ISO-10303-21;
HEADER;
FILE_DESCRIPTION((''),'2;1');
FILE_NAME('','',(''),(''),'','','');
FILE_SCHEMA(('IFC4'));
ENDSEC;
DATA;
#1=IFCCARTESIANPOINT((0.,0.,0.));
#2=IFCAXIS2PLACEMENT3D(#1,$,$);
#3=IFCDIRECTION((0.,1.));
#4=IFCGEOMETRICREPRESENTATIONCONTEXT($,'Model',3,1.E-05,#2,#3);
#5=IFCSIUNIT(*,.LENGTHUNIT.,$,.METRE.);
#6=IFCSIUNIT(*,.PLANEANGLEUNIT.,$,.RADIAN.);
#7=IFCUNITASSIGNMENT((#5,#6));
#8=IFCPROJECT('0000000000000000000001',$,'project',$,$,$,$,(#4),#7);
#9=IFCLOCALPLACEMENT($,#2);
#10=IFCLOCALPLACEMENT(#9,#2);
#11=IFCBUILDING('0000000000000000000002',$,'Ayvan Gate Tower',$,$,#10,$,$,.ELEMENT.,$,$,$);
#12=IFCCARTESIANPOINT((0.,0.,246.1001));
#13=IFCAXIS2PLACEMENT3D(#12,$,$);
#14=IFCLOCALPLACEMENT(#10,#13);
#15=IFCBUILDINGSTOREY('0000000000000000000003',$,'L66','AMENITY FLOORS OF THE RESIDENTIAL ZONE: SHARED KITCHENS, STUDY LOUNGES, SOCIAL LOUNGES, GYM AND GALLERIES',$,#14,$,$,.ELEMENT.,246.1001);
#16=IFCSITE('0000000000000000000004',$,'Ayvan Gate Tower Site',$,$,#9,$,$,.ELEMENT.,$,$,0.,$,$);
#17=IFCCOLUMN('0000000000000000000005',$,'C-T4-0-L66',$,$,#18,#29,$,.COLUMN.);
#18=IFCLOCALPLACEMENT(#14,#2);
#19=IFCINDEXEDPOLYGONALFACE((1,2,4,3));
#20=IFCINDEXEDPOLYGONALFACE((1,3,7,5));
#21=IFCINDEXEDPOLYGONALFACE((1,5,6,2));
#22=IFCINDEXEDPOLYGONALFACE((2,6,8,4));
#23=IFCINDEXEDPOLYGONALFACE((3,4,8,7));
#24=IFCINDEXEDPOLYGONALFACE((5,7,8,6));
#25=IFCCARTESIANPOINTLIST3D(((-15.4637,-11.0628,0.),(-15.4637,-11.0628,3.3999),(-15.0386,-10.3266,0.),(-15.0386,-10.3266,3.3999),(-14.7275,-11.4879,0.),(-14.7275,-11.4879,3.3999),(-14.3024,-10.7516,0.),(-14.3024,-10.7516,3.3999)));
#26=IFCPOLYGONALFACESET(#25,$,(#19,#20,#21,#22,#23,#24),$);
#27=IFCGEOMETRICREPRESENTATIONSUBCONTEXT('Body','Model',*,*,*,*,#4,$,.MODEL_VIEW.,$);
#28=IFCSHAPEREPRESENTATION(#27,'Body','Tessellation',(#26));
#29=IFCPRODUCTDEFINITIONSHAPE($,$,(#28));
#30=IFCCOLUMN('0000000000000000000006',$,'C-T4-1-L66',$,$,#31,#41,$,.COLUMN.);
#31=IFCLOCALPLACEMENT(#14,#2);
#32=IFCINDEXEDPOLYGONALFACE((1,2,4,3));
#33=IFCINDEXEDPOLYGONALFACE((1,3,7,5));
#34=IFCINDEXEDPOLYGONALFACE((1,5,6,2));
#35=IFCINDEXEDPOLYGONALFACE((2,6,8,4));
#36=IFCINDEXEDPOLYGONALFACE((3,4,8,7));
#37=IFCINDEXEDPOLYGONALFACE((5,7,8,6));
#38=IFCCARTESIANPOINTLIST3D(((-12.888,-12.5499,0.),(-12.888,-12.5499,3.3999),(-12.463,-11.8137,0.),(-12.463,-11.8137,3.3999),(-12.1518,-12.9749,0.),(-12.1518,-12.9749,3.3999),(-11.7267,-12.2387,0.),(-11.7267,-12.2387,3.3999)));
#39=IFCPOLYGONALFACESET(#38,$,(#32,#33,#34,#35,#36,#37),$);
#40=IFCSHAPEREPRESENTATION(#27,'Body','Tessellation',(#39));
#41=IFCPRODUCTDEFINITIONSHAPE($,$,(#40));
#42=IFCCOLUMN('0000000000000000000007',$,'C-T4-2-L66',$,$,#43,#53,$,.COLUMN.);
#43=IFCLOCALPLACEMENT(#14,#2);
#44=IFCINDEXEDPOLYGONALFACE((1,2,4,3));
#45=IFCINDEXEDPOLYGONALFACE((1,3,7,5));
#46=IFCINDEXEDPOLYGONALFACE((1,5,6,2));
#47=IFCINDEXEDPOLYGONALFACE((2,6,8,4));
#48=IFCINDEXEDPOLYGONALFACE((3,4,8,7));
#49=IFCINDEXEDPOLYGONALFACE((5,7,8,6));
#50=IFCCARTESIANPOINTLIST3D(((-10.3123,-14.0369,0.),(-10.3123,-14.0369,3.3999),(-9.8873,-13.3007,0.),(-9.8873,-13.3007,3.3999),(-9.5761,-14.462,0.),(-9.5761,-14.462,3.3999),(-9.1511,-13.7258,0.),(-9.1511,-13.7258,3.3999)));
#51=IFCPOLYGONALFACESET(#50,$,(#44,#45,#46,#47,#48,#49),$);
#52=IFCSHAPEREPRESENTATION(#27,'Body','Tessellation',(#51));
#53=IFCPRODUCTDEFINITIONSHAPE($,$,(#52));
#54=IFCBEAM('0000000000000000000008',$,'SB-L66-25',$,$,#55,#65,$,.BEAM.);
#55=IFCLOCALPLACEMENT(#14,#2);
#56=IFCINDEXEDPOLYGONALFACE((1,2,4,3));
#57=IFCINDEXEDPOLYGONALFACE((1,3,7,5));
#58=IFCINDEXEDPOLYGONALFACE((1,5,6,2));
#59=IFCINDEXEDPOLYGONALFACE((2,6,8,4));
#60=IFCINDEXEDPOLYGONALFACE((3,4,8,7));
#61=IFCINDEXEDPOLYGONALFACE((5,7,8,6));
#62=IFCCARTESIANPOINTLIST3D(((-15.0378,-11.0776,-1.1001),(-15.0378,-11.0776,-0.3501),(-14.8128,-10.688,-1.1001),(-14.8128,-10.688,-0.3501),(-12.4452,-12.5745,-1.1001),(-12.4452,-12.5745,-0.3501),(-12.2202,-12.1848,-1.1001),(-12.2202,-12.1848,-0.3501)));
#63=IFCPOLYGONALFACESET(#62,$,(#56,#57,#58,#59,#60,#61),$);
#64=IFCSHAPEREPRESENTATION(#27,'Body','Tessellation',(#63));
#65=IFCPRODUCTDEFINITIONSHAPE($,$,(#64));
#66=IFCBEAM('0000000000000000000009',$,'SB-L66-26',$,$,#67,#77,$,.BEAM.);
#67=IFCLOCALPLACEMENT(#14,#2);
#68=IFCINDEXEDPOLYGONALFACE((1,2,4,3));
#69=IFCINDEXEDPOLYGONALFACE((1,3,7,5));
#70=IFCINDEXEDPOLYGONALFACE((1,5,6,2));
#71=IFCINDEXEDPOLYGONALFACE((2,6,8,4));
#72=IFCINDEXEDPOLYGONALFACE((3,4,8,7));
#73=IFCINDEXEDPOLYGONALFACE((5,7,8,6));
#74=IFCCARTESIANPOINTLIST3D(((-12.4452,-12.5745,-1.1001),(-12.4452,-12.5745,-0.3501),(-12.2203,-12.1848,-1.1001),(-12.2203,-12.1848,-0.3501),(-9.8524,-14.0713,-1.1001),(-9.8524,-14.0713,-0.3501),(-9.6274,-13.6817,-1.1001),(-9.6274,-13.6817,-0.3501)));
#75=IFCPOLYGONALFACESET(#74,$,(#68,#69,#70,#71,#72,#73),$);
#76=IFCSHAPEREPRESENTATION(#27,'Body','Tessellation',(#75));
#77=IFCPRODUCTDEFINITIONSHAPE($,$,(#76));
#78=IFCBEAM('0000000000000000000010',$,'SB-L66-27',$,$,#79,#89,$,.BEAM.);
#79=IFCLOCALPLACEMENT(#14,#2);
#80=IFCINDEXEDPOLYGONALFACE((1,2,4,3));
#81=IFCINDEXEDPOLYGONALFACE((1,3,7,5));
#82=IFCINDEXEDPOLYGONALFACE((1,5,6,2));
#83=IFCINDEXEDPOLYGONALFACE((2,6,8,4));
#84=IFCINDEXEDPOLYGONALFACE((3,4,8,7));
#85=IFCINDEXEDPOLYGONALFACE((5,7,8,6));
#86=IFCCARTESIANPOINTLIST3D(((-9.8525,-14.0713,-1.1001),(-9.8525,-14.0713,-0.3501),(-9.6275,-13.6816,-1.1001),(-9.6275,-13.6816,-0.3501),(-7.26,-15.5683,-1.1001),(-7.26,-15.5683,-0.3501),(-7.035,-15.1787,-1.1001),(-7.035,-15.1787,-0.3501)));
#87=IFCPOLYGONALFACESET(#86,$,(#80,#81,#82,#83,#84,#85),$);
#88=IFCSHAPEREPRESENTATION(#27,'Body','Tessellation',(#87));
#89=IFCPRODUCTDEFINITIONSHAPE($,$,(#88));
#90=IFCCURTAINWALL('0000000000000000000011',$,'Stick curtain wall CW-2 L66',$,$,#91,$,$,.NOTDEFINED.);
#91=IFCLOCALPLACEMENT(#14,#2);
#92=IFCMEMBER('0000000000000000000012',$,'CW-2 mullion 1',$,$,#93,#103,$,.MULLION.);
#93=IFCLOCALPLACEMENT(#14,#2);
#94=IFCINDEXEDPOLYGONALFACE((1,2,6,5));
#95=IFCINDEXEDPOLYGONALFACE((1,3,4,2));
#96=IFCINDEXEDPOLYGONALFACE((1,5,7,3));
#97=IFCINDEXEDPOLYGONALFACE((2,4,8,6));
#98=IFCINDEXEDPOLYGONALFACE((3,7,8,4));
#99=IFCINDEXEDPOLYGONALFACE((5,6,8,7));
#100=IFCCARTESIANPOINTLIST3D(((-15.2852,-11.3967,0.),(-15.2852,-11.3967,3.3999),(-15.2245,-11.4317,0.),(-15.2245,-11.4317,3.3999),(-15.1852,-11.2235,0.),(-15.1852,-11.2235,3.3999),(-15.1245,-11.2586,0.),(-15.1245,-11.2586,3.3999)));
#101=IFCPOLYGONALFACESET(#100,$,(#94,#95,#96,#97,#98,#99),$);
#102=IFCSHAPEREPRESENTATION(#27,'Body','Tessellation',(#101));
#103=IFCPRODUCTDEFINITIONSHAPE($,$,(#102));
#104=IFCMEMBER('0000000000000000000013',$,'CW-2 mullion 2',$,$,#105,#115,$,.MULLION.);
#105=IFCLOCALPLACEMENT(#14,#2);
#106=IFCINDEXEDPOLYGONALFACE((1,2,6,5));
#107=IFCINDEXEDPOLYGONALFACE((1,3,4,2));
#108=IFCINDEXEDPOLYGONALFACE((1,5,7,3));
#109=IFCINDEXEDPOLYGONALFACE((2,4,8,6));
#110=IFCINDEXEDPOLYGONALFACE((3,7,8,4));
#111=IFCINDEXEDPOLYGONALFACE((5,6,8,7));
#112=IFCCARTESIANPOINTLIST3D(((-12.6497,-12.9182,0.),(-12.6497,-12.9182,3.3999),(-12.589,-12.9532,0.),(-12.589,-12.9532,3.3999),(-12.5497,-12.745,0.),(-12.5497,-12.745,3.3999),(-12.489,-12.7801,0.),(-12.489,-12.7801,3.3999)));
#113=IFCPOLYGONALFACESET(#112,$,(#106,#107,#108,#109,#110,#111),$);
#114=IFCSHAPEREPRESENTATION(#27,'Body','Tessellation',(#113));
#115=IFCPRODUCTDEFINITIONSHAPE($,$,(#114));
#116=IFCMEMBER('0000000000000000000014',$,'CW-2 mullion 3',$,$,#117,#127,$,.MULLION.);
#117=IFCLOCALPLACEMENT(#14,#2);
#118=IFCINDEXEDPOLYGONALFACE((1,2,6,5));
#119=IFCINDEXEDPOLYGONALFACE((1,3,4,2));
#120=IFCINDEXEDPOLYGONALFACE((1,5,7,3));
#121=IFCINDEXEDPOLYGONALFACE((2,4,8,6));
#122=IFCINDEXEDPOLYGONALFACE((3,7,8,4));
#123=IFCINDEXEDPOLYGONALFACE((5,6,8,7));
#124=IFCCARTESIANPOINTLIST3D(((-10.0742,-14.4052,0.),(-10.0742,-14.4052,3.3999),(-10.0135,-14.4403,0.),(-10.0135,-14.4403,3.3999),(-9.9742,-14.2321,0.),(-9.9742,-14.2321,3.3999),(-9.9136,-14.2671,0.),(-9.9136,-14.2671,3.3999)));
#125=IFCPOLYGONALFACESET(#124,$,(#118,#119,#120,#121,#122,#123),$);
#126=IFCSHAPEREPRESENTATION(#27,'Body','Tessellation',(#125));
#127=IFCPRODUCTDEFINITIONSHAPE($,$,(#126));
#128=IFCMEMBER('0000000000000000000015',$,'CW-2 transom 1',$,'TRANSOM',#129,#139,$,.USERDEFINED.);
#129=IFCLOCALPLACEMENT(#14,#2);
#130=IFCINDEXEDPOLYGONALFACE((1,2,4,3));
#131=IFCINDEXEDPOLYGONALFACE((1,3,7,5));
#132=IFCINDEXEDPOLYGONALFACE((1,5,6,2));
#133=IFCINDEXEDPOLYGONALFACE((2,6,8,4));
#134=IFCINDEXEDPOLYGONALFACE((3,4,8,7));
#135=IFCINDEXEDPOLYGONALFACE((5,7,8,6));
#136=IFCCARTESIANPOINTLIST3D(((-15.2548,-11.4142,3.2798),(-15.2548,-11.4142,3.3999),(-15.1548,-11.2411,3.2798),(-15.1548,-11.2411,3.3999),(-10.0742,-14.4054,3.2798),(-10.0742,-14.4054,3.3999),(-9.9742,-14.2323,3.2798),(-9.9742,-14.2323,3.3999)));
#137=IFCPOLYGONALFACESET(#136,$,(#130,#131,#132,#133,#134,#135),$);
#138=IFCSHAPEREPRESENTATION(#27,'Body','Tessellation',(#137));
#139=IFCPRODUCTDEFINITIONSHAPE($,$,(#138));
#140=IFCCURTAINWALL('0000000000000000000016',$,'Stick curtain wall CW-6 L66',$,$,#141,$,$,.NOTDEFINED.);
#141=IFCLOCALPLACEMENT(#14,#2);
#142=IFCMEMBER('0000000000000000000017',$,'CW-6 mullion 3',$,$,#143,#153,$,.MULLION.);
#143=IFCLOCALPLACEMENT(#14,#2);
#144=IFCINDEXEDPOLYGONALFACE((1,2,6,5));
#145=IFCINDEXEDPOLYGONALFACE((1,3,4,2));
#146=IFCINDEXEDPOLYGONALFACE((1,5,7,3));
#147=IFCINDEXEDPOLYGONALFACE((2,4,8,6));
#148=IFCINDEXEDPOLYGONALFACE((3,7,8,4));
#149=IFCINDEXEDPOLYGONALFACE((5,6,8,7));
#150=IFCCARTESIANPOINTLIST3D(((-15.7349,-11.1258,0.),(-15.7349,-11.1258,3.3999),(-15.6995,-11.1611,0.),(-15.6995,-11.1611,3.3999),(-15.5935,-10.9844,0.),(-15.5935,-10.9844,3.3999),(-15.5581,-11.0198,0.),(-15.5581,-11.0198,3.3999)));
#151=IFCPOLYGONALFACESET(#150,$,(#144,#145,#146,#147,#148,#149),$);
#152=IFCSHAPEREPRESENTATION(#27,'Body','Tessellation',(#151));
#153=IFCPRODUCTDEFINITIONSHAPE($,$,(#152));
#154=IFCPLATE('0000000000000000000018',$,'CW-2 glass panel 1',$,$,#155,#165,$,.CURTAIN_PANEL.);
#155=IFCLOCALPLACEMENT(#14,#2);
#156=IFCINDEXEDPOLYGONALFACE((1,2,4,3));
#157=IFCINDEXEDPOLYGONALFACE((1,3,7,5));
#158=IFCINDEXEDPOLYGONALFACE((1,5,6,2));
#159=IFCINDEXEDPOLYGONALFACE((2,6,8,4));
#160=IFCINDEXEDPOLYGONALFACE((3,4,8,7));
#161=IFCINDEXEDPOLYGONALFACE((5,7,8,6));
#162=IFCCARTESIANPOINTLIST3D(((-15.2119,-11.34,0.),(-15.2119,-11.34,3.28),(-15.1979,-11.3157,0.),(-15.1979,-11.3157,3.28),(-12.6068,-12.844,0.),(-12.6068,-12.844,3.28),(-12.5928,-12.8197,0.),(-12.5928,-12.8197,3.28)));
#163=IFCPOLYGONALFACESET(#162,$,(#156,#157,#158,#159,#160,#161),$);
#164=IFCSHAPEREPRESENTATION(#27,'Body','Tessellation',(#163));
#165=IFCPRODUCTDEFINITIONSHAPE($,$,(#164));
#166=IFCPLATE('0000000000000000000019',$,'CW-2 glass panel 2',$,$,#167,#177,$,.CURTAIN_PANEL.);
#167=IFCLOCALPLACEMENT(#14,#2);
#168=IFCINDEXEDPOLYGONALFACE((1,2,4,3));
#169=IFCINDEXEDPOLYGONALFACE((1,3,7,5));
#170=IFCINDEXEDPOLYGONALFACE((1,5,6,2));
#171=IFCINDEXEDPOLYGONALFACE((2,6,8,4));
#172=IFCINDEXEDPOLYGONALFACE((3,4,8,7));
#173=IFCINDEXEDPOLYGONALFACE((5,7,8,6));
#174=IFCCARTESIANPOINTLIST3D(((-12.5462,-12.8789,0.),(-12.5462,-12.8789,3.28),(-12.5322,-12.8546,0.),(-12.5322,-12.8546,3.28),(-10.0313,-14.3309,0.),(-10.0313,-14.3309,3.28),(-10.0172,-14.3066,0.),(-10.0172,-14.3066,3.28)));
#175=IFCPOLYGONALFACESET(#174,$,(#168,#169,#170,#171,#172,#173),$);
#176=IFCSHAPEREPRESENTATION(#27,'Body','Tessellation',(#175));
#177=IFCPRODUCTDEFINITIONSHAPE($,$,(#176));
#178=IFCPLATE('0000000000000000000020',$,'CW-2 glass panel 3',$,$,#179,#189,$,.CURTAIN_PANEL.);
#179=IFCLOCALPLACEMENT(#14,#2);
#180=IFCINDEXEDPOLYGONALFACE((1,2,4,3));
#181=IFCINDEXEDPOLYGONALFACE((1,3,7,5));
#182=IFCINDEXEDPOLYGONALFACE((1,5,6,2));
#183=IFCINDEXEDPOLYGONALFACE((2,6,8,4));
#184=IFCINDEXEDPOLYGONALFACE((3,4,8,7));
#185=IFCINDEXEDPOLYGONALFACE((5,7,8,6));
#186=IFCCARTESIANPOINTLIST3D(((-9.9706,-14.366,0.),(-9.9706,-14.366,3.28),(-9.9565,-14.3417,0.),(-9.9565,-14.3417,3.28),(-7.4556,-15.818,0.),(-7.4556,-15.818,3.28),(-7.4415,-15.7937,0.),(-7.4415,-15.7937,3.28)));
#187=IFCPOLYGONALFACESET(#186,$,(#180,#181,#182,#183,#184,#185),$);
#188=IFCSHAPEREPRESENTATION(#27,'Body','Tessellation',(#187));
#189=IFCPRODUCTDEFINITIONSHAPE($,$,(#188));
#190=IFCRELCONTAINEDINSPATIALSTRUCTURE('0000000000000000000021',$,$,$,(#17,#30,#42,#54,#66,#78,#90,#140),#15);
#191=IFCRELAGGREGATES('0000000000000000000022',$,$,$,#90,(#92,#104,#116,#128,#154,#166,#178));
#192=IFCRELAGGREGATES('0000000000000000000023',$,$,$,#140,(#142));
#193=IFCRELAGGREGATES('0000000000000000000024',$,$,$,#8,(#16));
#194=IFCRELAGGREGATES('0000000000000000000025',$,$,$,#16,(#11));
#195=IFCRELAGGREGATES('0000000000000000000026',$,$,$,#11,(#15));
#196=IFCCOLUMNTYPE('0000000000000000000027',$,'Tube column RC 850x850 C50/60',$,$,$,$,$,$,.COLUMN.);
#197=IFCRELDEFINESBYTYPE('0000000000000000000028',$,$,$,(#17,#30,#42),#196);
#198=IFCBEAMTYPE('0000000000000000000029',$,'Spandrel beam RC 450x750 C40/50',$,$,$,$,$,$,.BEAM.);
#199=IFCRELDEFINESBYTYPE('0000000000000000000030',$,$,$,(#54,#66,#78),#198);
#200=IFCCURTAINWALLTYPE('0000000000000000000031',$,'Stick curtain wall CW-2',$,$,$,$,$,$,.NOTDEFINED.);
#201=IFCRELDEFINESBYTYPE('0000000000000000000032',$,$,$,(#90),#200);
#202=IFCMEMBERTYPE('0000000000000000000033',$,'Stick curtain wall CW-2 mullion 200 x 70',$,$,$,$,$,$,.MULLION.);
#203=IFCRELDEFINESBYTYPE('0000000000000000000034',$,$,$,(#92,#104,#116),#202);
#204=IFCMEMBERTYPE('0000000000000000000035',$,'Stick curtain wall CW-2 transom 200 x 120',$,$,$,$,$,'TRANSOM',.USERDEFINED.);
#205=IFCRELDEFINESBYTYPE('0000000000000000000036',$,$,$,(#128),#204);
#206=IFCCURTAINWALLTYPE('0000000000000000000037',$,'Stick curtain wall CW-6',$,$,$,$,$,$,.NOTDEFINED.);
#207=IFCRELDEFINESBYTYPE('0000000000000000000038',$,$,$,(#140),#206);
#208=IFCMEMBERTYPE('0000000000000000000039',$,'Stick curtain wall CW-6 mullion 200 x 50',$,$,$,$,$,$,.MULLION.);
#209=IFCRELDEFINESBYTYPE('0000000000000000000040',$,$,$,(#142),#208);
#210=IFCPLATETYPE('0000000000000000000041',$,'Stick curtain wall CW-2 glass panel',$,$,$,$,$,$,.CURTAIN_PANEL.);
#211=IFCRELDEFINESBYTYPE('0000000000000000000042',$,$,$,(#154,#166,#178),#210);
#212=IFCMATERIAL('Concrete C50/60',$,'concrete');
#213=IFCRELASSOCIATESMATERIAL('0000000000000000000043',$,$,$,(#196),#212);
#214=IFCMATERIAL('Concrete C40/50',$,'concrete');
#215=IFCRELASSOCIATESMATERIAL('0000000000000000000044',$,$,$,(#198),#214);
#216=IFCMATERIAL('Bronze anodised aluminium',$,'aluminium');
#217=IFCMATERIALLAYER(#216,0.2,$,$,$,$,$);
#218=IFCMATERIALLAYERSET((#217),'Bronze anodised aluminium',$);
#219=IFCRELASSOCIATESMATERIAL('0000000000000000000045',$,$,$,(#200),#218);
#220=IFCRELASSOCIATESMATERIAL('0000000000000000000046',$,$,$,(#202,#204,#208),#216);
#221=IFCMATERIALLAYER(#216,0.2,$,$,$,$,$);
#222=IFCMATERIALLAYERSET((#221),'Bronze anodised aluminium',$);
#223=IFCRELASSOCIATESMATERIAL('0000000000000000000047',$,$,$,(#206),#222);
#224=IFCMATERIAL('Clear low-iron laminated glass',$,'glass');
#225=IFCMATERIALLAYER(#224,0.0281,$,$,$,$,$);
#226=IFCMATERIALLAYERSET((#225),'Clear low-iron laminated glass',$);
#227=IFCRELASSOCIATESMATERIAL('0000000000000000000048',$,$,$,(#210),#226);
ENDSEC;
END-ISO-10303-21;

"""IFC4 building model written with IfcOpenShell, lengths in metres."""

from ifc_helpers import new_model, si_unit, direction, frame, origin, origin_2d, place, context, subcontext, project, spatial, rectangle, extrude, material, layer, layer_set, material_profile, profile_set, type_object, element, aggregate, save


model = new_model("IFC4")

# Units and contexts
model_context = context("Model", 3, precision=1e-05, world=origin(), true_north=direction((0.0, 1.0)))
body_context = subcontext(model_context, "Body", "Model", "MODEL_VIEW")
ifc_project = project(units=[si_unit("LENGTHUNIT", "METRE"), si_unit("PLANEANGLEUNIT", "RADIAN")], contexts=[model_context])

# Site, building, storey
site_placement = place(None, origin())
site = spatial("IfcSite", under=ifc_project, at=site_placement, Name="Ayvan Gate Tower Site", CompositionType="ELEMENT", RefElevation=0.0)
building_placement = place(site_placement, origin())
building = spatial("IfcBuilding", under=site, at=building_placement, Name="Ayvan Gate Tower", CompositionType="ELEMENT")
storey_placement = place(building_placement, frame((0.0, 0.0, 246.1001)))
storey = spatial("IfcBuildingStorey", under=building, at=storey_placement, Name="L66", Description="AMENITY FLOORS OF THE RESIDENTIAL ZONE: SHARED KITCHENS, STUDY LOUNGES, SOCIAL LOUNGES, GYM AND GALLERIES", CompositionType="ELEMENT", Elevation=246.1001)

# Columns
ifc_material_1 = material(Name="Concrete C50/60", Category="concrete")
ifc_material_profile_1 = material_profile(ifc_material_1, rectangle(XDim=0.8501, YDim=0.8501, at=origin_2d()), Name="RC 850x850")
ifc_profile_set_1 = profile_set([ifc_material_profile_1], Name="Concrete C50/60")
column_type = type_object("IfcColumnType", Name="Tube column RC 850x850 C50/60", PredefinedType="COLUMN", material=ifc_profile_set_1)
for number, where, z_axis, x_axis, name in (
    (1, (-14.8831, -10.9072, 0.0), (0.0, 0.0, 1.0), (-0.5, -0.866025, 0.0), "C-T4-0-L66"),
    (2, (-12.3074, -12.3943, 0.0), (0.0, 0.0, 1.0), (-0.5, -0.866025, 0.0), "C-T4-1-L66"),
    (3, (-9.7317, -13.8813, 0.0), (0.0, 0.0, 1.0), (-0.5, -0.866025, 0.0), "C-T4-2-L66"),
):
    element("IfcColumn", number, at=place(storey_placement, frame(where, z_axis=z_axis, x_axis=x_axis)), inside=storey, type_object=column_type, Name=name, PredefinedType="COLUMN", context=body_context, shape_type="SweptSolid", body=[
        extrude(rectangle(XDim=0.8501, YDim=0.8501, at=origin_2d()), origin(), (0.0, 0.0, 1.0), 3.3999),
    ])

# Beams
ifc_material_2 = material(Name="Concrete C40/50", Category="concrete")
ifc_material_profile_2 = material_profile(ifc_material_2, rectangle(XDim=0.45, YDim=0.75, at=origin_2d()), Name="RC 450x750")
ifc_profile_set_2 = profile_set([ifc_material_profile_2], Name="Concrete C40/50")
beam_type = type_object("IfcBeamType", Name="Spandrel beam RC 450x750 C40/50", PredefinedType="BEAM", material=ifc_profile_set_2)
beam_1_placement = place(storey_placement, frame((-14.9253, -10.8828, -0.7251), z_axis=(0.866021, -0.500007, 0.0), x_axis=(0.500007, 0.866021, 0.0)))
element("IfcBeam", 4, at=beam_1_placement, inside=storey, type_object=beam_type, Name="SB-L66-25", PredefinedType="BEAM", context=body_context, shape_type="SweptSolid", body=[
    extrude(rectangle(XDim=0.45, YDim=0.75, at=origin_2d()), origin(), (0.0, 0.0, 1.0), 2.9937),
])
beam_2_placement = place(storey_placement, frame((-12.3328, -12.3796, -0.7251), z_axis=(0.866042, -0.499972, 0.0), x_axis=(0.499972, 0.866042, 0.0)))
element("IfcBeam", 5, at=beam_2_placement, inside=storey, type_object=beam_type, Name="SB-L66-26", PredefinedType="BEAM", context=body_context, shape_type="SweptSolid", body=[
    extrude(rectangle(XDim=0.45, YDim=0.75, at=origin_2d()), origin(), (0.0, 0.0, 1.0), 2.9939),
])
beam_3_placement = place(storey_placement, frame((-9.74, -13.8765, -0.7251), z_axis=(0.865986, -0.500068, 0.0), x_axis=(0.500068, 0.865986, 0.0)))
element("IfcBeam", 6, at=beam_3_placement, inside=storey, type_object=beam_type, Name="SB-L66-27", PredefinedType="BEAM", context=body_context, shape_type="SweptSolid", body=[
    extrude(rectangle(XDim=0.45, YDim=0.75, at=origin_2d()), origin(), (0.0, 0.0, 1.0), 2.9937),
])

# Curtain wall, members
ifc_material_3 = material(Name="Bronze anodised aluminium", Category="aluminium")
ifc_layer_1 = layer(ifc_material_3, 0.2)
ifc_layer_set_1 = layer_set([ifc_layer_1], Name="Bronze anodised aluminium")
curtain_wall_type_1 = type_object("IfcCurtainWallType", Name="Stick curtain wall CW-2", PredefinedType="NOTDEFINED", material=ifc_layer_set_1)
curtain_wall_1_placement = place(storey_placement, origin())
curtain_wall_1 = element("IfcCurtainWall", 7, at=curtain_wall_1_placement, inside=storey, type_object=curtain_wall_type_1, Name="Stick curtain wall CW-2 L66", PredefinedType="NOTDEFINED")
ifc_material_profile_3 = material_profile(ifc_material_3, rectangle(XDim=0.2, YDim=0.0701, at=origin_2d()), Name="Stick curtain wall CW-2 mullion 200 x 70")
ifc_profile_set_3 = profile_set([ifc_material_profile_3], Name="Bronze anodised aluminium")
member_type_1 = type_object("IfcMemberType", Name="Stick curtain wall CW-2 mullion 200 x 70", PredefinedType="MULLION", material=ifc_profile_set_3)
member_1_placement = place(storey_placement, frame((-15.2048, -11.3276, 0.0), z_axis=(0.0, 0.0, 1.0), x_axis=(-0.5, -0.866025, 0.0)))
member_1 = element("IfcMember", 8, at=member_1_placement, type_object=member_type_1, Name="CW-2 mullion 1", PredefinedType="MULLION", context=body_context, shape_type="SweptSolid", body=[
    extrude(rectangle(XDim=0.2, YDim=0.0701, at=origin_2d()), origin(), (0.0, 0.0, 1.0), 3.3999),
])
member_2_placement = place(storey_placement, frame((-12.5693, -12.8491, 0.0), z_axis=(0.0, 0.0, 1.0), x_axis=(-0.5, -0.866025, 0.0)))
member_2 = element("IfcMember", 9, at=member_2_placement, type_object=member_type_1, Name="CW-2 mullion 2", PredefinedType="MULLION", context=body_context, shape_type="SweptSolid", body=[
    extrude(rectangle(XDim=0.2, YDim=0.0701, at=origin_2d()), origin(), (0.0, 0.0, 1.0), 3.3999),
])
member_3_placement = place(storey_placement, frame((-9.9939, -14.3362, 0.0), z_axis=(0.0, 0.0, 1.0), x_axis=(-0.5, -0.866025, 0.0)))
member_3 = element("IfcMember", 10, at=member_3_placement, type_object=member_type_1, Name="CW-2 mullion 3", PredefinedType="MULLION", context=body_context, shape_type="SweptSolid", body=[
    extrude(rectangle(XDim=0.2, YDim=0.0701, at=origin_2d()), origin(), (0.0, 0.0, 1.0), 3.3999),
])
ifc_material_profile_4 = material_profile(ifc_material_3, rectangle(XDim=0.2, YDim=0.1201, at=origin_2d()), Name="Stick curtain wall CW-2 transom 200 x 120")
ifc_profile_set_4 = profile_set([ifc_material_profile_4], Name="Bronze anodised aluminium")
member_type_2 = type_object("IfcMemberType", Name="Stick curtain wall CW-2 transom 200 x 120", ElementType="TRANSOM", PredefinedType="USERDEFINED", material=ifc_profile_set_4)
member_4_placement = place(storey_placement, frame((-15.2048, -11.3276, 3.3398), z_axis=(0.866014, -0.500019, 0.0), x_axis=(0.500019, 0.866014, 0.0)))
member_4 = element("IfcMember", 11, at=member_4_placement, type_object=member_type_2, Name="CW-2 transom 1", ObjectType="TRANSOM", PredefinedType="USERDEFINED", context=body_context, shape_type="SweptSolid", body=[
    extrude(rectangle(XDim=0.2, YDim=0.1201, at=origin_2d()), origin(), (0.0, 0.0, 1.0), 5.9822),
])

# Curtain wall, member
ifc_layer_2 = layer(ifc_material_3, 0.2)
ifc_layer_set_2 = layer_set([ifc_layer_2], Name="Bronze anodised aluminium")
curtain_wall_type_2 = type_object("IfcCurtainWallType", Name="Stick curtain wall CW-6", PredefinedType="NOTDEFINED", material=ifc_layer_set_2)
curtain_wall_2_placement = place(storey_placement, origin())
curtain_wall_2 = element("IfcCurtainWall", 12, at=curtain_wall_2_placement, inside=storey, type_object=curtain_wall_type_2, Name="Stick curtain wall CW-6 L66", PredefinedType="NOTDEFINED")
ifc_material_profile_5 = material_profile(ifc_material_3, rectangle(XDim=0.2, YDim=0.05, at=origin_2d()), Name="Stick curtain wall CW-6 mullion 200 x 50")
ifc_profile_set_5 = profile_set([ifc_material_profile_5], Name="Bronze anodised aluminium")
member_type_3 = type_object("IfcMemberType", Name="Stick curtain wall CW-6 mullion 200 x 50", PredefinedType="MULLION", material=ifc_profile_set_5)
member_5_placement = place(storey_placement, frame((-15.6465, -11.0728, 0.0), z_axis=(0.0, 0.0, 1.0), x_axis=(-0.707107, -0.707107, 0.0)))
member_5 = element("IfcMember", 13, at=member_5_placement, type_object=member_type_3, Name="CW-6 mullion 3", PredefinedType="MULLION", context=body_context, shape_type="SweptSolid", body=[
    extrude(rectangle(XDim=0.2, YDim=0.05, at=origin_2d()), origin(), (0.0, 0.0, 1.0), 3.3999),
])

# Plates
ifc_material_4 = material(Name="Clear low-iron laminated glass", Category="glass")
ifc_layer_3 = layer(ifc_material_4, 0.0281)
ifc_layer_set_3 = layer_set([ifc_layer_3], Name="Clear low-iron laminated glass")
plate_type_1 = type_object("IfcPlateType", Name="Stick curtain wall CW-2 glass panel", PredefinedType="CURTAIN_PANEL", material=ifc_layer_set_3)
plate_1_placement = place(storey_placement, frame((-13.9023, -12.0798, 0.0), z_axis=(0.0, 0.0, 1.0), x_axis=(0.866025, -0.5, 0.0)))
plate_1 = element("IfcPlate", 14, at=plate_1_placement, type_object=plate_type_1, Name="CW-2 glass panel 1", PredefinedType="CURTAIN_PANEL", context=body_context, shape_type="SweptSolid", body=[
    extrude(rectangle(XDim=3.0081, YDim=0.0281, at=origin_2d()), origin(), (0.0, 0.0, 1.0), 3.28),
])
plate_2_placement = place(storey_placement, frame((-11.2817, -13.5928, 0.0), z_axis=(0.0, 0.0, 1.0), x_axis=(0.866025, -0.5, 0.0)))
plate_2 = element("IfcPlate", 15, at=plate_2_placement, type_object=plate_type_1, Name="CW-2 glass panel 2", PredefinedType="CURTAIN_PANEL", context=body_context, shape_type="SweptSolid", body=[
    extrude(rectangle(XDim=2.9041, YDim=0.0281, at=origin_2d()), origin(), (0.0, 0.0, 1.0), 3.28),
])
plate_3_placement = place(storey_placement, frame((-8.7061, -15.0798, 0.0), z_axis=(0.0, 0.0, 1.0), x_axis=(0.866025, -0.5, 0.0)))
plate_3 = element("IfcPlate", 16, at=plate_3_placement, type_object=plate_type_1, Name="CW-2 glass panel 3", PredefinedType="CURTAIN_PANEL", context=body_context, shape_type="SweptSolid", body=[
    extrude(rectangle(XDim=2.9041, YDim=0.0281, at=origin_2d()), origin(), (0.0, 0.0, 1.0), 3.28),
])
aggregate(curtain_wall_1, [member_1, member_2, member_3, member_4, plate_1, plate_2, plate_3])
aggregate(curtain_wall_2, [member_5])

save(model, "model.ifc")
